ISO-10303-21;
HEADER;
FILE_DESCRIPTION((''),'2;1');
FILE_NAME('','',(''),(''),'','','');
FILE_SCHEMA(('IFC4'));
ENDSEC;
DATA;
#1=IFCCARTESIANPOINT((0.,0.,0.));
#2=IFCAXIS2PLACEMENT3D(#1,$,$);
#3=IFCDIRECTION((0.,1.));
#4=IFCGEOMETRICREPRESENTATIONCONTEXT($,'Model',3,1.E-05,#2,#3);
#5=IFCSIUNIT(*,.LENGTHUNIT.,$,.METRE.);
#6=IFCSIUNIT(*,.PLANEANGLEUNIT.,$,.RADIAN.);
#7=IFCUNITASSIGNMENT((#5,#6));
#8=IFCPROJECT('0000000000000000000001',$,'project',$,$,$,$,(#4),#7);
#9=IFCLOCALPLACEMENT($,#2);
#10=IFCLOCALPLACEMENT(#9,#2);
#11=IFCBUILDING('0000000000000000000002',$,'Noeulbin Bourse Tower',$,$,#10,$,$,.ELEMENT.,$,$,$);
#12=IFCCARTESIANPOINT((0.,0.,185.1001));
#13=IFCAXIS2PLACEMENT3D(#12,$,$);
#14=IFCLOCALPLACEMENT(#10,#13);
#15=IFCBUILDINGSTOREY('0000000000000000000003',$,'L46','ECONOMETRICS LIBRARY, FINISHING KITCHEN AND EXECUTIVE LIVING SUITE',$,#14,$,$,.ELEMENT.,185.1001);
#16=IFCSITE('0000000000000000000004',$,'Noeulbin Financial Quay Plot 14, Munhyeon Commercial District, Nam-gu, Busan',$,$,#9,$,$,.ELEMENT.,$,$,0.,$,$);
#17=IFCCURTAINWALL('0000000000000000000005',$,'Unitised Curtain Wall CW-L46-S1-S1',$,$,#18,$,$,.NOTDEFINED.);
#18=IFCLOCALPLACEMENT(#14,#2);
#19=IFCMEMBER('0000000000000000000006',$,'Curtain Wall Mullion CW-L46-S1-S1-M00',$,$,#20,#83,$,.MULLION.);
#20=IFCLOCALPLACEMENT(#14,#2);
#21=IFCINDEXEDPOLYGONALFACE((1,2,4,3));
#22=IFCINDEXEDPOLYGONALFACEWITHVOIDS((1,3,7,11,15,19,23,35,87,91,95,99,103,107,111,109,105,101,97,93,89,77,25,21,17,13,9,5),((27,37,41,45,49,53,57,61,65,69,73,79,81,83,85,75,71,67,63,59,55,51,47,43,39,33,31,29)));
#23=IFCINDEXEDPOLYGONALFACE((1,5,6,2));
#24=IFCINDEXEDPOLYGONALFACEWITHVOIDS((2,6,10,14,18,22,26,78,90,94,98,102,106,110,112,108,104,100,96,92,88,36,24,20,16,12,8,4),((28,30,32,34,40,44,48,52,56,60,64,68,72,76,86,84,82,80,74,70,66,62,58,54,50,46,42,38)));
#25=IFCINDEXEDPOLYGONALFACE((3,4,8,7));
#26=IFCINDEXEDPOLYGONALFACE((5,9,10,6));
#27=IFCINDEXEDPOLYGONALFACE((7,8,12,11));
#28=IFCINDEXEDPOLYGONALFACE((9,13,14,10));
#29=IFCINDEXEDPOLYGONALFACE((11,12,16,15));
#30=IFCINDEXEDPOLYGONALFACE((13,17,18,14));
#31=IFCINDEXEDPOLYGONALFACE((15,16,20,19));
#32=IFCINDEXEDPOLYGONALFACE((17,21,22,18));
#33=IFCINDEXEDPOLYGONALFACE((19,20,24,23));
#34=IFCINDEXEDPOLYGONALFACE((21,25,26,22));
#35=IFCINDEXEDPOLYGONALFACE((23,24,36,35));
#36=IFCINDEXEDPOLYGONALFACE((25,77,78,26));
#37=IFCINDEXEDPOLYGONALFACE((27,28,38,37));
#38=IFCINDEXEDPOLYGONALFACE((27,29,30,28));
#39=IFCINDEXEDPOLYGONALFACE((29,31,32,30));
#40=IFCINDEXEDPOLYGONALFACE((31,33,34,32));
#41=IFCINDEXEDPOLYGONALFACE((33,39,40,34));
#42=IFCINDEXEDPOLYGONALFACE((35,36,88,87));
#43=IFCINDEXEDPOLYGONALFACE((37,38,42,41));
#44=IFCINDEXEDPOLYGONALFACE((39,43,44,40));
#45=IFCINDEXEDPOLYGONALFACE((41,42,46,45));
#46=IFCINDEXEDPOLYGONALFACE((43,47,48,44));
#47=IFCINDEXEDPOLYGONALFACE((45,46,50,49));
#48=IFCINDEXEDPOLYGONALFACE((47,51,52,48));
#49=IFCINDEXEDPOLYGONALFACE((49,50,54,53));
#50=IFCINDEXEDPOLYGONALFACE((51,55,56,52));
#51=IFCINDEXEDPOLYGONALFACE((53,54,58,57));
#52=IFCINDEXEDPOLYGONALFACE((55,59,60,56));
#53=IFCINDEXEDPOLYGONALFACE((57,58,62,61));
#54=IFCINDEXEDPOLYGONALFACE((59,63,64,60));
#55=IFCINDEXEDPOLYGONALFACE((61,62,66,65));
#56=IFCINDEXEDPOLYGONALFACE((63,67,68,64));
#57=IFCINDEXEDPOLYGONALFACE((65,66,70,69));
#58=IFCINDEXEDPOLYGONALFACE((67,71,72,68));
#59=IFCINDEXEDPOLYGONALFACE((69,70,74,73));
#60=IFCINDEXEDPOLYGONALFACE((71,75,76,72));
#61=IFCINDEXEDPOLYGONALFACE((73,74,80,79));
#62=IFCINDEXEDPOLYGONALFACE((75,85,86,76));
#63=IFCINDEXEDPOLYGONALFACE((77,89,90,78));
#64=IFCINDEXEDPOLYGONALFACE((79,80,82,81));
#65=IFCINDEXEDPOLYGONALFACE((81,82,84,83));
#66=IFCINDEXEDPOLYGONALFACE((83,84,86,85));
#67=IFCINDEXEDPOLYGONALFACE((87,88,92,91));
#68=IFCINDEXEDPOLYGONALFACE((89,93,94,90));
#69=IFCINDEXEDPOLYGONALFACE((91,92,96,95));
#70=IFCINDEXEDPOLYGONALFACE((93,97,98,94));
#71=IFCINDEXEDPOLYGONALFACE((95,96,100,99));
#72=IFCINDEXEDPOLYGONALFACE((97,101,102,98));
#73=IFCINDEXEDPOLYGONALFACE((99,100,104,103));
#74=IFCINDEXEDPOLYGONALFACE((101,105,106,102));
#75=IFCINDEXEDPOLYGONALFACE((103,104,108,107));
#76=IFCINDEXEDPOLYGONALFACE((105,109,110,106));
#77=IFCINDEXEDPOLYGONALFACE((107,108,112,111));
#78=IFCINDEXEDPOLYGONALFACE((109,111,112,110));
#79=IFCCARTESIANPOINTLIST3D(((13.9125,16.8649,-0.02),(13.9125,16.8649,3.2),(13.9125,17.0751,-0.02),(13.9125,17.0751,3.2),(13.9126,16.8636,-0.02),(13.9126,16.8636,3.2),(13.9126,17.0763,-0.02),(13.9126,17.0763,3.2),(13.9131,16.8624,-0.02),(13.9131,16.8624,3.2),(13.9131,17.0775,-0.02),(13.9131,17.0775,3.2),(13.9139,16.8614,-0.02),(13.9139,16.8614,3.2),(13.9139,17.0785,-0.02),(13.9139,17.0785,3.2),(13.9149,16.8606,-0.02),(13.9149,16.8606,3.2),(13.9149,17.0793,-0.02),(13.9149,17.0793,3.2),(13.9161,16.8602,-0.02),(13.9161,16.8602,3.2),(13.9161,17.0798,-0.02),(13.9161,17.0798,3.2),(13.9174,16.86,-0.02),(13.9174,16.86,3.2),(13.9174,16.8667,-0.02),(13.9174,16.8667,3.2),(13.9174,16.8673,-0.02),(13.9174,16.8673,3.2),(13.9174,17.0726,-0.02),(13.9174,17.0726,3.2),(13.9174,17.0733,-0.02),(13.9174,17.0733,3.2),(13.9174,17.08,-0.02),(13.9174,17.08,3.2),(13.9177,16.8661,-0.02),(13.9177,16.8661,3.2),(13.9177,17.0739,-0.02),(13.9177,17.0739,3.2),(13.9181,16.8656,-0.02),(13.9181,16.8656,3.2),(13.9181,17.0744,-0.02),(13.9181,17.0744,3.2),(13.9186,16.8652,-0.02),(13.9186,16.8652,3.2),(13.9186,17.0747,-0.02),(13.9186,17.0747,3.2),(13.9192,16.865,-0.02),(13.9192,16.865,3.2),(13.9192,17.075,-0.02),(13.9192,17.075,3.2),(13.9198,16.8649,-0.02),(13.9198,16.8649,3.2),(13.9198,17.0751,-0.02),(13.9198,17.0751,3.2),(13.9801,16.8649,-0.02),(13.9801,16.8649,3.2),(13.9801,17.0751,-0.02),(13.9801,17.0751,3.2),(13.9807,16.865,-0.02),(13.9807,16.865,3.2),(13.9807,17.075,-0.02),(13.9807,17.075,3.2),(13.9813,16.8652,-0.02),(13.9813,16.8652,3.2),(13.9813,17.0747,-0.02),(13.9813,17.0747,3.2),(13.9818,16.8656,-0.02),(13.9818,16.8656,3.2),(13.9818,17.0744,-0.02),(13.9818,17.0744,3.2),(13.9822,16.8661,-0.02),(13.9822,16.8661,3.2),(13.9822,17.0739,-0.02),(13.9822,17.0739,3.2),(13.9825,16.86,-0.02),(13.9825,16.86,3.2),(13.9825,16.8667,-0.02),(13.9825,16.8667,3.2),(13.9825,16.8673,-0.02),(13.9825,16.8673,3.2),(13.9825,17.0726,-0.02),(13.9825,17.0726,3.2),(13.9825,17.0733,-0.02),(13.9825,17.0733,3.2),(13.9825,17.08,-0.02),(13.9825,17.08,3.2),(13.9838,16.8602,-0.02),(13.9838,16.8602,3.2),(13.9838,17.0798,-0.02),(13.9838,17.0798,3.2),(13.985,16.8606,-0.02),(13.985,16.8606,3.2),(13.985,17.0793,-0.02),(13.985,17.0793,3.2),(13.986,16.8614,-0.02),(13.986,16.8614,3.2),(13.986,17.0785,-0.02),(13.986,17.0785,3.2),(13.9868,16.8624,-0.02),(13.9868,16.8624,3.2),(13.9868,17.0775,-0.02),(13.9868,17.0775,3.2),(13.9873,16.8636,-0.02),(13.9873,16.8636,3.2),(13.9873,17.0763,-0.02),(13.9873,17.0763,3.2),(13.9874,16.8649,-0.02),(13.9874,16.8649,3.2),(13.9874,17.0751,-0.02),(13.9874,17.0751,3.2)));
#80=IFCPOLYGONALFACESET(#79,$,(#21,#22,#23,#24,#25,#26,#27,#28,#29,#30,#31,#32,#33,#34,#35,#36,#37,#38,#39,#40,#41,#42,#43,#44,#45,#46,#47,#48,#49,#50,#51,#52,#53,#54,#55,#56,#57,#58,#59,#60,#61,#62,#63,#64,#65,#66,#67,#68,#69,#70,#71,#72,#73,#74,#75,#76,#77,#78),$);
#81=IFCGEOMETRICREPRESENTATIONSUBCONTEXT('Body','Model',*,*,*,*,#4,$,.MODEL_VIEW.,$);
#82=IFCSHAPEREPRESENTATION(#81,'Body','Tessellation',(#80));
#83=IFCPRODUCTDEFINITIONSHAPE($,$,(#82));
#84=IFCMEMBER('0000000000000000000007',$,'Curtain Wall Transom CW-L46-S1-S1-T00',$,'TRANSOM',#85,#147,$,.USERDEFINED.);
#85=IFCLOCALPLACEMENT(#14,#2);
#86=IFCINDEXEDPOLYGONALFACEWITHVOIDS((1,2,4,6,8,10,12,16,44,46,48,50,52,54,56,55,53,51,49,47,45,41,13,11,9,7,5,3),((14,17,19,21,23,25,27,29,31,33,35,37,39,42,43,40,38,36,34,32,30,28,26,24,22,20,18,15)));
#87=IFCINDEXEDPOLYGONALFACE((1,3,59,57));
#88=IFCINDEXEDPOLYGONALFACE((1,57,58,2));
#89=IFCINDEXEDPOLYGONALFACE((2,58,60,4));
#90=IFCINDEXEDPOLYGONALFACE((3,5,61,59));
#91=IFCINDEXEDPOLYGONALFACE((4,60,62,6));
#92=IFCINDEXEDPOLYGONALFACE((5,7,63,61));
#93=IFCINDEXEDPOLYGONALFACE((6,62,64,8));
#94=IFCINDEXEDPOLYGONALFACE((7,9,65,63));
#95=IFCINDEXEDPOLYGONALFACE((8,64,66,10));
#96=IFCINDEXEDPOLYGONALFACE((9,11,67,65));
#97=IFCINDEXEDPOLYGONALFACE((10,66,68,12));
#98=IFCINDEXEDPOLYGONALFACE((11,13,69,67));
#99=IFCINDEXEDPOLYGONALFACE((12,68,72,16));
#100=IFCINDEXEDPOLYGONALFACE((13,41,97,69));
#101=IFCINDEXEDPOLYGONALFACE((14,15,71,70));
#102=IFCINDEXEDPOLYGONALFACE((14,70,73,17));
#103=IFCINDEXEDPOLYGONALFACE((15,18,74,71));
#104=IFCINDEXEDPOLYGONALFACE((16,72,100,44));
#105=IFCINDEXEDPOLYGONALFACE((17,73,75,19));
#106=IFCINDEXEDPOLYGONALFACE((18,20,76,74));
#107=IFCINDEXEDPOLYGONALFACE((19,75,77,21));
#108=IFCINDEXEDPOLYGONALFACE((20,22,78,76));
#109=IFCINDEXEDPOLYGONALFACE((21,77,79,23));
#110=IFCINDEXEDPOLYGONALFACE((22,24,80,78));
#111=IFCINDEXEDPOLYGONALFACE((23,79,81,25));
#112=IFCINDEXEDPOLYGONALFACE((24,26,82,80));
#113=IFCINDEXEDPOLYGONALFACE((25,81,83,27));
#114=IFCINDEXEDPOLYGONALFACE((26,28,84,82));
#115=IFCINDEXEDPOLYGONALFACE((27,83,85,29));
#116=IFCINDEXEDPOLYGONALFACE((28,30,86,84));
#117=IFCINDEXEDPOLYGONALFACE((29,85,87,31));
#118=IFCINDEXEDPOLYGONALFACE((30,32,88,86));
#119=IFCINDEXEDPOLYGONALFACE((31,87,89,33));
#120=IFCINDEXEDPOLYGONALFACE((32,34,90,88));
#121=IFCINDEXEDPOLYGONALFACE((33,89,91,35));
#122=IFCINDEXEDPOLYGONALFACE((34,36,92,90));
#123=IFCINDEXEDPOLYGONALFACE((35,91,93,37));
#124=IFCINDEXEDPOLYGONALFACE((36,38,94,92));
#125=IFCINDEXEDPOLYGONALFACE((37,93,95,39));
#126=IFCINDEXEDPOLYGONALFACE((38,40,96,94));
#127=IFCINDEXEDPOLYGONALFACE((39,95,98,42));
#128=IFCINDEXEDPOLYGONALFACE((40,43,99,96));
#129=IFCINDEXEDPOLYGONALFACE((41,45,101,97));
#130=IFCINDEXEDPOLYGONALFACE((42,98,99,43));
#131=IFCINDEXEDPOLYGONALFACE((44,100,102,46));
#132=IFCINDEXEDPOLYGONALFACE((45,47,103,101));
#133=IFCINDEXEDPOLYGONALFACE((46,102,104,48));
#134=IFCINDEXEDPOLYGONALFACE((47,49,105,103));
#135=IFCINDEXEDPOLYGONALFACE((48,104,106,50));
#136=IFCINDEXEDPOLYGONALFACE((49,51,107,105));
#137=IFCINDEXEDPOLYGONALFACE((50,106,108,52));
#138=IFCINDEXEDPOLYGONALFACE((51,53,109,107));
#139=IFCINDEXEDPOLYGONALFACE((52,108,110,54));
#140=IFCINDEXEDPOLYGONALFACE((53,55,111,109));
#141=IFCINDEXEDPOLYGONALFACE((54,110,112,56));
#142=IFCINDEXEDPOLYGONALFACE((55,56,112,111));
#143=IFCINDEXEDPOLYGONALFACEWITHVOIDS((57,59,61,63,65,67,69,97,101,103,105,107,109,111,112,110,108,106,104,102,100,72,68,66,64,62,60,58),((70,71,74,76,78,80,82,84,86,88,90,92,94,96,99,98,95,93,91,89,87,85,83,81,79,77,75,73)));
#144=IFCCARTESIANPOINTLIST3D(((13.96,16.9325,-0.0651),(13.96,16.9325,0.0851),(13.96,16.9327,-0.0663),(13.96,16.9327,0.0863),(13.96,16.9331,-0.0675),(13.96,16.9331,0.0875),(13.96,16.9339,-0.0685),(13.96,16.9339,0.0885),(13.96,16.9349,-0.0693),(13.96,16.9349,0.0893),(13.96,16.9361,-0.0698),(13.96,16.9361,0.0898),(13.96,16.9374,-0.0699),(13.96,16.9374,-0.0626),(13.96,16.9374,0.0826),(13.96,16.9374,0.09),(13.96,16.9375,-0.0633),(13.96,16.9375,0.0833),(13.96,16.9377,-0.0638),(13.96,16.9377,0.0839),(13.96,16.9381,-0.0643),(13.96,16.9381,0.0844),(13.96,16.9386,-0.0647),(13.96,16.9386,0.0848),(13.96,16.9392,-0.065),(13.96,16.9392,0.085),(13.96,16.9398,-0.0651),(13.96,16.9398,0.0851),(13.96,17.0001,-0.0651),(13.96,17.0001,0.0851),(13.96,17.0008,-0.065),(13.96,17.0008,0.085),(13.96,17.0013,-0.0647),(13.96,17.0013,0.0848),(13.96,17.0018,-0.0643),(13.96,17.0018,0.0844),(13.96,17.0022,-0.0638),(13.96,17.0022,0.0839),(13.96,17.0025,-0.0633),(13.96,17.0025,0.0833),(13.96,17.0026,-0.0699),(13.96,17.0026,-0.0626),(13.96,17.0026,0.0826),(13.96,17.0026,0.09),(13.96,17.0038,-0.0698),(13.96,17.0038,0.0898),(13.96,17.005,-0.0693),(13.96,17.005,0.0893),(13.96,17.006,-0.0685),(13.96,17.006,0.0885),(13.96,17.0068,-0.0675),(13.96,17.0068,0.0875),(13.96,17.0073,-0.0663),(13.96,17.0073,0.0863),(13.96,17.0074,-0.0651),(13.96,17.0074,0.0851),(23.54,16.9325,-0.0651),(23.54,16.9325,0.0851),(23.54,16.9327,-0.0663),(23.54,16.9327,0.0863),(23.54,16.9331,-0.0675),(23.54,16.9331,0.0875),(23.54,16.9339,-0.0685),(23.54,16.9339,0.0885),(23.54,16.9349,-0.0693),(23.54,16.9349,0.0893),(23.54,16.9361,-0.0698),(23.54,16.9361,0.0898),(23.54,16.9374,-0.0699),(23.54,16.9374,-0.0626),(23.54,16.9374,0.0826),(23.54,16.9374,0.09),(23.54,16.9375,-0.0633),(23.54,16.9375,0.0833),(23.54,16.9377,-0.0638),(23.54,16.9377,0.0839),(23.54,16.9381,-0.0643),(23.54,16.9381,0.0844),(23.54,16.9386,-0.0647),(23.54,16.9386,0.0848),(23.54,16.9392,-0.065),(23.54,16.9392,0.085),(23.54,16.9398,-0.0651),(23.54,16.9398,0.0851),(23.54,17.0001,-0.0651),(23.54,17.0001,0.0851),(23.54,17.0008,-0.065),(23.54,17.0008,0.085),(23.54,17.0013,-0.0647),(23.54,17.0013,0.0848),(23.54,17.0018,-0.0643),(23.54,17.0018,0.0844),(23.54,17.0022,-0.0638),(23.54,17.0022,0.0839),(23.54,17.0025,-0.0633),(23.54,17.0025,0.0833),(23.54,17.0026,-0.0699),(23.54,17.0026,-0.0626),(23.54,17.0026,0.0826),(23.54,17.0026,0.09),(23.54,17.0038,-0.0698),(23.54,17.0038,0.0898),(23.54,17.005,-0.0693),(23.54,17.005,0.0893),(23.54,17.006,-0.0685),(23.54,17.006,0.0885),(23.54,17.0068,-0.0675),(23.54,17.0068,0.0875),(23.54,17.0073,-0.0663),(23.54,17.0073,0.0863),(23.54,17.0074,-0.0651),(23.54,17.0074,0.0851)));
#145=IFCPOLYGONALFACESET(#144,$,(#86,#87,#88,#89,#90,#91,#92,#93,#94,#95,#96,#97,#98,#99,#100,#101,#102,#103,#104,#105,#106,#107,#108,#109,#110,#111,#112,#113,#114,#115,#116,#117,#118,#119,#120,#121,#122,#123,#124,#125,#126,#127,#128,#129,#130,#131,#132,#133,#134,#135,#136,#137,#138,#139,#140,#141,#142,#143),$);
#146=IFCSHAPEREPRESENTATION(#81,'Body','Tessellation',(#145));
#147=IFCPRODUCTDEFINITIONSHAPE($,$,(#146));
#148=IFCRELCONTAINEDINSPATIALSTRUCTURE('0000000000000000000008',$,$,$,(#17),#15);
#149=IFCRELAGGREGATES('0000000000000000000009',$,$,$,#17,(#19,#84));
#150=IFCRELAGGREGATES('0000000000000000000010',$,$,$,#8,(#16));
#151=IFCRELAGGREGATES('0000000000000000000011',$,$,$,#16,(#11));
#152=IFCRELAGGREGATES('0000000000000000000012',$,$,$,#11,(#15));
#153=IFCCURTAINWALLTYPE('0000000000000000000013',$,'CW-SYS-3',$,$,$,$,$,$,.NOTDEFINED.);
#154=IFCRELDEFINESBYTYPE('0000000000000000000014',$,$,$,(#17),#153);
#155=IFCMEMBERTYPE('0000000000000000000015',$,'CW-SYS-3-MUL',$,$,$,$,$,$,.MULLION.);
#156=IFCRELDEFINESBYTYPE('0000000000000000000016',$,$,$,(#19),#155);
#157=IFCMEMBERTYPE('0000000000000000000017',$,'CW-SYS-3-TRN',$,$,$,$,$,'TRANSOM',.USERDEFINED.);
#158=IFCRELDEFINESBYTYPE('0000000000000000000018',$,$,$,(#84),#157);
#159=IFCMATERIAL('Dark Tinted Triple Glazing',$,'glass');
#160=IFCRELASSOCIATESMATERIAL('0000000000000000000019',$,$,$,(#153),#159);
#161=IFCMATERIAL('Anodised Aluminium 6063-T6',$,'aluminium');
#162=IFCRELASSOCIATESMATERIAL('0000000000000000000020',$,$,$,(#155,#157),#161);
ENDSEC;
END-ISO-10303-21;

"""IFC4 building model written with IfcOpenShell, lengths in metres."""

from ifc_helpers import new_model, si_unit, direction, frame, origin, origin_2d, place, context, subcontext, project, spatial, hollow_rectangle, extrude, material, material_profile, profile_set, type_object, element, aggregate, save


model = new_model("IFC4")

# Units and contexts
model_context = context("Model", 3, precision=1e-05, world=origin(), true_north=direction((0.0, 1.0)))
body_context = subcontext(model_context, "Body", "Model", "MODEL_VIEW")
ifc_project = project(units=[si_unit("LENGTHUNIT", "METRE"), si_unit("PLANEANGLEUNIT", "RADIAN")], contexts=[model_context])

# Site, building, storey
site_placement = place(None, origin())
site = spatial("IfcSite", under=ifc_project, at=site_placement, Name="Noeulbin Financial Quay Plot 14, Munhyeon Commercial District, Nam-gu, Busan", CompositionType="ELEMENT", RefElevation=0.0)
building_placement = place(site_placement, origin())
building = spatial("IfcBuilding", under=site, at=building_placement, Name="Noeulbin Bourse Tower", CompositionType="ELEMENT")
storey_placement = place(building_placement, frame((0.0, 0.0, 185.1001)))
storey = spatial("IfcBuildingStorey", under=building, at=storey_placement, Name="L46", Description="ECONOMETRICS LIBRARY, FINISHING KITCHEN AND EXECUTIVE LIVING SUITE", CompositionType="ELEMENT", Elevation=185.1001)

# Curtain wall, members
ifc_material_1 = material(Name="Dark Tinted Triple Glazing", Category="glass")
curtain_wall_type = type_object("IfcCurtainWallType", Name="CW-SYS-3", PredefinedType="NOTDEFINED", material=ifc_material_1)
curtain_wall_placement = place(storey_placement, origin())
curtain_wall = element("IfcCurtainWall", 1, at=curtain_wall_placement, inside=storey, type_object=curtain_wall_type, Name="Unitised Curtain Wall CW-L46-S1-S1", PredefinedType="NOTDEFINED")
ifc_material_2 = material(Name="Anodised Aluminium 6063-T6", Category="aluminium")
ifc_material_profile_1 = material_profile(ifc_material_2, hollow_rectangle(XDim=0.075, YDim=0.22, WallThickness=0.0049, InnerFilletRadius=0.0024, OuterFilletRadius=0.0049, at=origin_2d()), Name="ALU-MULL-75x220x5", Category="LoadBearing")
ifc_profile_set_1 = profile_set([ifc_material_profile_1], Name="Anodised Aluminium 6063-T6")
member_type_1 = type_object("IfcMemberType", Name="CW-SYS-3-MUL", PredefinedType="MULLION", material=ifc_profile_set_1)
member_1_placement = place(storey_placement, frame((13.95, 16.97, -0.02), z_axis=(0.0, 0.0, 1.0), x_axis=(1.0, 0.0, 0.0)))
member_1 = element("IfcMember", 2, at=member_1_placement, type_object=member_type_1, Name="Curtain Wall Mullion CW-L46-S1-S1-M00", PredefinedType="MULLION", context=body_context, shape_type="SweptSolid", body=[
    extrude(hollow_rectangle(XDim=0.075, YDim=0.22, WallThickness=0.0049, InnerFilletRadius=0.0024, OuterFilletRadius=0.0049, at=origin_2d()), origin(), (0.0, 0.0, 1.0), 3.22),
])
ifc_material_profile_2 = material_profile(ifc_material_2, hollow_rectangle(XDim=0.075, YDim=0.1599, WallThickness=0.0049, InnerFilletRadius=0.0024, OuterFilletRadius=0.0049, at=origin_2d()), Name="ALU-TRAN-75x160x5", Category="LoadBearing")
ifc_profile_set_2 = profile_set([ifc_material_profile_2], Name="Anodised Aluminium 6063-T6")
member_type_2 = type_object("IfcMemberType", Name="CW-SYS-3-TRN", ElementType="TRANSOM", PredefinedType="USERDEFINED", material=ifc_profile_set_2)
member_2_placement = place(storey_placement, frame((13.96, 16.97, 0.01), z_axis=(1.0, 0.0, 0.0), x_axis=(0.0, 1.0, 0.0)))
member_2 = element("IfcMember", 3, at=member_2_placement, type_object=member_type_2, Name="Curtain Wall Transom CW-L46-S1-S1-T00", ObjectType="TRANSOM", PredefinedType="USERDEFINED", context=body_context, shape_type="SweptSolid", body=[
    extrude(hollow_rectangle(XDim=0.075, YDim=0.1599, WallThickness=0.0049, InnerFilletRadius=0.0024, OuterFilletRadius=0.0049, at=origin_2d()), origin(), (0.0, 0.0, 1.0), 9.5801),
])
aggregate(curtain_wall, [member_1, member_2])

save(model, "model.ifc")
